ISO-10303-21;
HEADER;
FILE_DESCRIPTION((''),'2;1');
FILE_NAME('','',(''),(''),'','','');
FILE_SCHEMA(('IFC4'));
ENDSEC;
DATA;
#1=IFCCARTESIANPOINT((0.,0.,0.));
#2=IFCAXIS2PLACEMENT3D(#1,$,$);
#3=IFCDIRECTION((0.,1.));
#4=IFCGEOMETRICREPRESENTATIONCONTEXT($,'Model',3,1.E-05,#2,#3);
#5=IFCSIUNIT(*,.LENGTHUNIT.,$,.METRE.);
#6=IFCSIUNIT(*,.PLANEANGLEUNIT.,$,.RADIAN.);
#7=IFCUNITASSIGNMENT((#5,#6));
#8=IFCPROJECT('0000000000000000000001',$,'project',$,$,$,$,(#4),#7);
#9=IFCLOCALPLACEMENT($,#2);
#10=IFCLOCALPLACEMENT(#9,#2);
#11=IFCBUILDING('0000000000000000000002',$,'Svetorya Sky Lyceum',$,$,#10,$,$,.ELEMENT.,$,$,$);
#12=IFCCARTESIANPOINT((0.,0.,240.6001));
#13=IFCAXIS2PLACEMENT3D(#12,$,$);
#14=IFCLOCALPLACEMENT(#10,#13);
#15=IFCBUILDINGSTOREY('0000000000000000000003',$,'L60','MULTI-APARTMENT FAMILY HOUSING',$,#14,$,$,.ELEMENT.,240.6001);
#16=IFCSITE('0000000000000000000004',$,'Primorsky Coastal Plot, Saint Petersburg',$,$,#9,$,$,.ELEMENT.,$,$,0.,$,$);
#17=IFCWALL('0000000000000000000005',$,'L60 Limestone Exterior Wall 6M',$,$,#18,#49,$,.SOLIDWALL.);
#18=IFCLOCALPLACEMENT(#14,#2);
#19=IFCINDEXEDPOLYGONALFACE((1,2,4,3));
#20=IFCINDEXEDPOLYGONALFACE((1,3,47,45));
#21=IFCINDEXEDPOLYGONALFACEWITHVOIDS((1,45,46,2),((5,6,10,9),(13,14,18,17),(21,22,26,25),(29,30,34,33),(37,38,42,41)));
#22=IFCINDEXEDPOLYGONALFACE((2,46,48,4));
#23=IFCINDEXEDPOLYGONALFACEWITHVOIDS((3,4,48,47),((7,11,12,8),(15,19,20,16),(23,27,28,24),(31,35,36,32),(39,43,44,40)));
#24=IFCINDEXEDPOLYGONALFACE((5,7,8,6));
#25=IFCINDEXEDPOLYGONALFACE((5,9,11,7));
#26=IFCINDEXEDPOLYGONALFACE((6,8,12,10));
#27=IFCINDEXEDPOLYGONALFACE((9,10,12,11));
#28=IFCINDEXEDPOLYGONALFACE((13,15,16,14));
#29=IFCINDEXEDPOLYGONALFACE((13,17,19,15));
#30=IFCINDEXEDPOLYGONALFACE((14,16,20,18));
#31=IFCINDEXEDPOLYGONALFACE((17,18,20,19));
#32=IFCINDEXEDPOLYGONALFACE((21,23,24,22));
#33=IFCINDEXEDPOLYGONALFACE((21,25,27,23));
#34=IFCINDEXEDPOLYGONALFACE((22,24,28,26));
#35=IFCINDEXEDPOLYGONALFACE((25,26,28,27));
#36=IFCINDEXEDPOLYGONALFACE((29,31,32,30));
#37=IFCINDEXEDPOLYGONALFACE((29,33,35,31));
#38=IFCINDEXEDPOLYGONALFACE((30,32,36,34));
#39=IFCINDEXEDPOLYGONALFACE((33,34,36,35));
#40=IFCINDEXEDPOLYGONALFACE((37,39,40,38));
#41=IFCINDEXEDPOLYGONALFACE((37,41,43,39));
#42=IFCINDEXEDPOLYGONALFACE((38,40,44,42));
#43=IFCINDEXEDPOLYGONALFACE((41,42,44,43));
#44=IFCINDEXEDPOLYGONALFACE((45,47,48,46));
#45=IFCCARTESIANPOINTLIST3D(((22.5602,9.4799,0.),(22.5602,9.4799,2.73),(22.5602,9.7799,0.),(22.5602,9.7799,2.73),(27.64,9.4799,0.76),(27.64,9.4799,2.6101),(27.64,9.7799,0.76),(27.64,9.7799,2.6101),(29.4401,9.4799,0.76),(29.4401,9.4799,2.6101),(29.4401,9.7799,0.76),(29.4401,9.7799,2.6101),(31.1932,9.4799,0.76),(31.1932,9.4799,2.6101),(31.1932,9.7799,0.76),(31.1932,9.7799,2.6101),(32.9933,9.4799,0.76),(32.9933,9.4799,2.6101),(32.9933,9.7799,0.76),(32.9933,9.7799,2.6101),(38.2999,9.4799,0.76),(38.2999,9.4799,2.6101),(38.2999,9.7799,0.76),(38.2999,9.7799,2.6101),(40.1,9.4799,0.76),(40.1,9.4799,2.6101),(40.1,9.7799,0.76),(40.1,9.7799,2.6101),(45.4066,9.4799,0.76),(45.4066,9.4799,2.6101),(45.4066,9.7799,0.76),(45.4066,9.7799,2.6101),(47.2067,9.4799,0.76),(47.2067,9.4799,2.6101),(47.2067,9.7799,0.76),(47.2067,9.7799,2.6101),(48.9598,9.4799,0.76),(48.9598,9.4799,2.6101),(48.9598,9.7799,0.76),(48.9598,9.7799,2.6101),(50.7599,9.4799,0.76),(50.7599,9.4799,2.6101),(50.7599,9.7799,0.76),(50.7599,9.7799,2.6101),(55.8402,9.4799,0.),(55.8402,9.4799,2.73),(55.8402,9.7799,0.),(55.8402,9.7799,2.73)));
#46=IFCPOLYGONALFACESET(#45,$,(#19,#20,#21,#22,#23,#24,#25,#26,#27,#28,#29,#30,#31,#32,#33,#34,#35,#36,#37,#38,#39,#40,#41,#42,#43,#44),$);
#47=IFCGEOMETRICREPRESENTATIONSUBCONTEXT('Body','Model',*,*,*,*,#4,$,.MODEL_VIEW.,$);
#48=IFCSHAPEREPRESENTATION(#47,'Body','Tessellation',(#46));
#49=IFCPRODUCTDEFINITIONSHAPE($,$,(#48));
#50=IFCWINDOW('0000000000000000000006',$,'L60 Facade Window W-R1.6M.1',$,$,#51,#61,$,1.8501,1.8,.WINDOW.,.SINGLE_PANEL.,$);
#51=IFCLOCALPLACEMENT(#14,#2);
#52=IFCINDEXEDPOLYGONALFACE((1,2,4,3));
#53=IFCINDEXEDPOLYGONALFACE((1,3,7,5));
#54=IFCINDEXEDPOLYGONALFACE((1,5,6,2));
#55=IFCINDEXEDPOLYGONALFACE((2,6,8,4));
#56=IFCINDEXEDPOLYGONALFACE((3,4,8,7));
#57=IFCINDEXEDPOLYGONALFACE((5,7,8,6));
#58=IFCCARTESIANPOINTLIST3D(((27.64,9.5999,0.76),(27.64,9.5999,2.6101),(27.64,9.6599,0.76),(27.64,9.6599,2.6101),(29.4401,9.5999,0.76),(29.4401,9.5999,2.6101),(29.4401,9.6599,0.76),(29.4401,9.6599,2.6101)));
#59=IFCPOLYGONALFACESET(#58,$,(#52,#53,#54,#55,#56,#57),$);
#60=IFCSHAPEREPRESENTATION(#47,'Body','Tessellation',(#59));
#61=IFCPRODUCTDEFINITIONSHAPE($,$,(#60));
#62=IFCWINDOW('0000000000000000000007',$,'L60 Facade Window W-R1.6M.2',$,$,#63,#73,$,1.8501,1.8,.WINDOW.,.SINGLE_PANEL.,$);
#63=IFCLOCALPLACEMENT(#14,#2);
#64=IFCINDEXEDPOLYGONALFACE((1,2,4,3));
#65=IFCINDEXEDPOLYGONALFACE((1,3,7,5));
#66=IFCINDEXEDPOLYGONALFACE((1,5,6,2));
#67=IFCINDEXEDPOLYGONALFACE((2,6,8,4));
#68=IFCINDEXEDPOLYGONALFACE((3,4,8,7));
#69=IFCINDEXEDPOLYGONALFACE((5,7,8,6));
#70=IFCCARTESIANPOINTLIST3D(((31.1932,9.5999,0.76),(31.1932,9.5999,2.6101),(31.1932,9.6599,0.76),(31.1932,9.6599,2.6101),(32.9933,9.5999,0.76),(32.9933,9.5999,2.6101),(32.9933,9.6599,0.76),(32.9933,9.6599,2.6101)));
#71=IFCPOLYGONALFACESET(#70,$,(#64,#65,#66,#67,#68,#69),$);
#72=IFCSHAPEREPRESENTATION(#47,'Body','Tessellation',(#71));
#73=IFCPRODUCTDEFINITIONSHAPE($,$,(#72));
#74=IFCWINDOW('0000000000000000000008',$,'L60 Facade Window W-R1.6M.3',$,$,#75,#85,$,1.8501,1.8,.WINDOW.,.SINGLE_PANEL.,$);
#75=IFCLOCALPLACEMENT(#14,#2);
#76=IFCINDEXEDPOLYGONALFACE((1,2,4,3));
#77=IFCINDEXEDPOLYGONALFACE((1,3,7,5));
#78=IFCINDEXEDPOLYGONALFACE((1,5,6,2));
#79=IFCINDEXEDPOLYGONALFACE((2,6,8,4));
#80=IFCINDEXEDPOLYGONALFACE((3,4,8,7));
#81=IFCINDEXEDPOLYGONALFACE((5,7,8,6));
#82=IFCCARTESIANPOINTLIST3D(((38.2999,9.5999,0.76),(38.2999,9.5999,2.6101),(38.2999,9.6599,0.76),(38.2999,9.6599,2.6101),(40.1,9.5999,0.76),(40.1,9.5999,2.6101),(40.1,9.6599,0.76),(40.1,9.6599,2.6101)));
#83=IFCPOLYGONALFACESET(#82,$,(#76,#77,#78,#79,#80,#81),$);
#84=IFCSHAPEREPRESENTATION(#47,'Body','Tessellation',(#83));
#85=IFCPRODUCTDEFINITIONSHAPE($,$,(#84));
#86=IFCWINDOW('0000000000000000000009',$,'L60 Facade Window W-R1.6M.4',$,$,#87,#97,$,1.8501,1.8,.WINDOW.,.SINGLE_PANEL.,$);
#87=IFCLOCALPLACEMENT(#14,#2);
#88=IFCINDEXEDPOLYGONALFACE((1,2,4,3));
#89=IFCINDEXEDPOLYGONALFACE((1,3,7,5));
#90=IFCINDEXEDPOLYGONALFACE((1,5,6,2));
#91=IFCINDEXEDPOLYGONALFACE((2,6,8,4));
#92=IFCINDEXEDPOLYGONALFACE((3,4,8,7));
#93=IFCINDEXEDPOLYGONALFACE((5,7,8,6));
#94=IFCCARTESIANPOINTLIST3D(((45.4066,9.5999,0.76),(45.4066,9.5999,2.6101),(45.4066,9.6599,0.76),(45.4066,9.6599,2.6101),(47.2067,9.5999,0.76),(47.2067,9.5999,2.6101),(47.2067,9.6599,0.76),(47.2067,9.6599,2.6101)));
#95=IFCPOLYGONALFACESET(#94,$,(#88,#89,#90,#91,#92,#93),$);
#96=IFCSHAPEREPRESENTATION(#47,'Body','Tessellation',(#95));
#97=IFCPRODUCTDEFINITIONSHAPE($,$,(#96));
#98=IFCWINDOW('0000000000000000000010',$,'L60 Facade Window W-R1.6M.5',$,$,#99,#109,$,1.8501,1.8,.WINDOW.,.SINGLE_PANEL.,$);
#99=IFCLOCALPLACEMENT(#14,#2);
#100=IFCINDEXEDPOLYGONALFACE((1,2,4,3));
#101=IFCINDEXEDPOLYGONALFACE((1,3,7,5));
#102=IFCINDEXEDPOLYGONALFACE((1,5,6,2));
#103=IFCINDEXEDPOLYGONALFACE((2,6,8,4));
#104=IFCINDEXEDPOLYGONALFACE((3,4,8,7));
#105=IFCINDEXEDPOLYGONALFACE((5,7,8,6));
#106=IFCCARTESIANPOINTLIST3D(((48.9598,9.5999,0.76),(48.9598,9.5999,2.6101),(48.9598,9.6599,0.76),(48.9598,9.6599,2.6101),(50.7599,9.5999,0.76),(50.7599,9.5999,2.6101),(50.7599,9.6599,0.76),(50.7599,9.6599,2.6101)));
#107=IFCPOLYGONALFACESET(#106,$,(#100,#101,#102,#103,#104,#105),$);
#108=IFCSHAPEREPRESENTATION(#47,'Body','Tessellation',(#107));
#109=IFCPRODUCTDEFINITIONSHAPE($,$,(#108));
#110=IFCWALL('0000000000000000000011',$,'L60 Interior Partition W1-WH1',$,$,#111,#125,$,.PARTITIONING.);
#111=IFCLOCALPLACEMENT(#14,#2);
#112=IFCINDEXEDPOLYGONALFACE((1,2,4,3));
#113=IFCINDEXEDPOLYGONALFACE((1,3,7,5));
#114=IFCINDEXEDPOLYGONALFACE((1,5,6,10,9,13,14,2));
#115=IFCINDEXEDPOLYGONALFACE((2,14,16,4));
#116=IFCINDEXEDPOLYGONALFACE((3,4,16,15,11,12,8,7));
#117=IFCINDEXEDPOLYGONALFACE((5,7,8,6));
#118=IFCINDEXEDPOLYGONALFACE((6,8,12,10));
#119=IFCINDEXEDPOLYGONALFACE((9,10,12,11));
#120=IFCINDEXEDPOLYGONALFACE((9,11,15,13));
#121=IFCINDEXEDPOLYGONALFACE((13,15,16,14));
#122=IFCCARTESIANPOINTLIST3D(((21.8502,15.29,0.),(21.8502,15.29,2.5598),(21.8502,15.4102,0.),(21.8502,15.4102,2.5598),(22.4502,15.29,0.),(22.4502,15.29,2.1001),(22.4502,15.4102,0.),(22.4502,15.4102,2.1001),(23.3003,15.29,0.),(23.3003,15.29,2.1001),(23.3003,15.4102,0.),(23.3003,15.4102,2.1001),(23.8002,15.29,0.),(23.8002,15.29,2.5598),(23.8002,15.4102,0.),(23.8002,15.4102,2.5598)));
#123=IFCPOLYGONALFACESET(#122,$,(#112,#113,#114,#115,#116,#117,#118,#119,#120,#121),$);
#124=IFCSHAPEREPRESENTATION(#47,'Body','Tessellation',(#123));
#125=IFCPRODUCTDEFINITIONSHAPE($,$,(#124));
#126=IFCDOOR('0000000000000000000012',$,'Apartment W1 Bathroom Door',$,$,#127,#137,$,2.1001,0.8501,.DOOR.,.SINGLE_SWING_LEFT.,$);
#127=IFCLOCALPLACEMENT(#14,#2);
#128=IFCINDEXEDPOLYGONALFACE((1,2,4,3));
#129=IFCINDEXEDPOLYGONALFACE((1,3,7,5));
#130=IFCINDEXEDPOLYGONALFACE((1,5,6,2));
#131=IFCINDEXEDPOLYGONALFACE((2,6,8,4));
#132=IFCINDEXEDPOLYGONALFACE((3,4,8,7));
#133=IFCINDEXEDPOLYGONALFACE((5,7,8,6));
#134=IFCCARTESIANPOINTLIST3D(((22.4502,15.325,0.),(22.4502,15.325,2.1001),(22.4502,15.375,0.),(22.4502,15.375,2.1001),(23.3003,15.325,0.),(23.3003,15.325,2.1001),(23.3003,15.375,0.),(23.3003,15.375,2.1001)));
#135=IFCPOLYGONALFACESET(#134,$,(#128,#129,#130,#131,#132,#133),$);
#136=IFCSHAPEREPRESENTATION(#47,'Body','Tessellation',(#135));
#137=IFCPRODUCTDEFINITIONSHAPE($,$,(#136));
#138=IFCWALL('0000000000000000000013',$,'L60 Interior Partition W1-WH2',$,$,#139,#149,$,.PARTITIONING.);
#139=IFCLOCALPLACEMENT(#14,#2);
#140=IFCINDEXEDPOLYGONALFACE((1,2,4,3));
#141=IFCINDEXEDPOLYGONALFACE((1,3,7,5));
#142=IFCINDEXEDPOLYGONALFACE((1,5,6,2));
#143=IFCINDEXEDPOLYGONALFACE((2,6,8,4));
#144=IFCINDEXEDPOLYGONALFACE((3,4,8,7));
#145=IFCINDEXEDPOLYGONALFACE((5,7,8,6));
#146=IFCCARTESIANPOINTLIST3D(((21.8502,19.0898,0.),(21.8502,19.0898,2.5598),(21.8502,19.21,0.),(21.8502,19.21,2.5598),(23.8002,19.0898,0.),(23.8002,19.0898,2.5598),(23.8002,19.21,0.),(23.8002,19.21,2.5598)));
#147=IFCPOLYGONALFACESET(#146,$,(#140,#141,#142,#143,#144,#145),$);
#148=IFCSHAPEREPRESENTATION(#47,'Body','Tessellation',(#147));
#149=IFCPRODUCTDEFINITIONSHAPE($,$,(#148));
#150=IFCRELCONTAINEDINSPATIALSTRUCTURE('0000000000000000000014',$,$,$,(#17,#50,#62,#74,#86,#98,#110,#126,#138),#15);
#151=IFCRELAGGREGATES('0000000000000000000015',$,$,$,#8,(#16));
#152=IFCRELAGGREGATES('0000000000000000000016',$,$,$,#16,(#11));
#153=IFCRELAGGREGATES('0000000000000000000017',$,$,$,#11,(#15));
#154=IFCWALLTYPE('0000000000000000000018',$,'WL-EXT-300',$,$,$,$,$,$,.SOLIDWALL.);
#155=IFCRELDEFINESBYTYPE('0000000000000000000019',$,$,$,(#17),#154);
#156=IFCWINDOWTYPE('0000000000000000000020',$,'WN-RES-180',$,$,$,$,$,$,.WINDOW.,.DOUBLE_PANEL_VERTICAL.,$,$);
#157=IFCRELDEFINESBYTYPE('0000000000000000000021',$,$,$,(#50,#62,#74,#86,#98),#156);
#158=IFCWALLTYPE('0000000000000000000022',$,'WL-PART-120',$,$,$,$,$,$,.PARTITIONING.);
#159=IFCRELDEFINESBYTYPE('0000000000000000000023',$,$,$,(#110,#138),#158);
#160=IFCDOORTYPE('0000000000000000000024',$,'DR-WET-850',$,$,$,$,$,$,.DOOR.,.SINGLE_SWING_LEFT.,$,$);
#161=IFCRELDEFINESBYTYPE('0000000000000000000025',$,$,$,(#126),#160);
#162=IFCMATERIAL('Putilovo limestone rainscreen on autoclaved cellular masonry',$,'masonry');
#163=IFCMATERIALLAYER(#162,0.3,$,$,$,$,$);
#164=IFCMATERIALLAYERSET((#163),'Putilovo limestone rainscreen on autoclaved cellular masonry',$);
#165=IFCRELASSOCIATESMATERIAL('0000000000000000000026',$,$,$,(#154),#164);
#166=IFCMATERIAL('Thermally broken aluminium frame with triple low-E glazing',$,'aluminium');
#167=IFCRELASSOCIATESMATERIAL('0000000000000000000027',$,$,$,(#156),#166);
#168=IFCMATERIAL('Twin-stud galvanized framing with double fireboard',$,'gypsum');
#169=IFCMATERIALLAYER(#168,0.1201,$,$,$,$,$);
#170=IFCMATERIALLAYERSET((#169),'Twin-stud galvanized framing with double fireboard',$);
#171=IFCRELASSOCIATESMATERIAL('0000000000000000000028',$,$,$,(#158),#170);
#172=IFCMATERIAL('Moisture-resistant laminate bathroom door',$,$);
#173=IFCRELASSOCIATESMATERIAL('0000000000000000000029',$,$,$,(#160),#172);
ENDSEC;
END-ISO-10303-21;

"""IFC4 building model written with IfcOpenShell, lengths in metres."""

from ifc_helpers import new_model, si_unit, direction, frame, frame_2d, origin, place, context, subcontext, project, spatial, rectangle, extrude, material, layer, layer_set, type_object, element, fill, save


model = new_model("IFC4")

# Units and contexts
model_context = context("Model", 3, precision=1e-05, world=origin(), true_north=direction((0.0, 1.0)))
body_context = subcontext(model_context, "Body", "Model", "MODEL_VIEW")
ifc_project = project(units=[si_unit("LENGTHUNIT", "METRE"), si_unit("PLANEANGLEUNIT", "RADIAN")], contexts=[model_context])

# Site, building, storey
site_placement = place(None, origin())
site = spatial("IfcSite", under=ifc_project, at=site_placement, Name="Primorsky Coastal Plot, Saint Petersburg", CompositionType="ELEMENT", RefElevation=0.0)
building_placement = place(site_placement, origin())
building = spatial("IfcBuilding", under=site, at=building_placement, Name="Svetorya Sky Lyceum", CompositionType="ELEMENT")
storey_placement = place(building_placement, frame((0.0, 0.0, 240.6001)))
storey = spatial("IfcBuildingStorey", under=building, at=storey_placement, Name="L60", Description="MULTI-APARTMENT FAMILY HOUSING", CompositionType="ELEMENT", Elevation=240.6001)

# Shared definitions
ifc_material_1 = material(Name="Putilovo limestone rainscreen on autoclaved cellular masonry", Category="masonry")
ifc_layer_1 = layer(ifc_material_1, 0.3)
ifc_layer_set_1 = layer_set([ifc_layer_1], Name="Putilovo limestone rainscreen on autoclaved cellular masonry")
wall_type_1 = type_object("IfcWallType", Name="WL-EXT-300", PredefinedType="SOLIDWALL", material=ifc_layer_set_1)

# Wall, openings, windows
wall_1_placement = place(storey_placement, frame((22.5601, 9.6299, 0.0), z_axis=(0.0, 0.0, 1.0), x_axis=(1.0, 0.0, 0.0)))
wall_1 = element("IfcWall", 1, at=wall_1_placement, inside=storey, type_object=wall_type_1, Name="L60 Limestone Exterior Wall 6M", PredefinedType="SOLIDWALL", context=body_context, shape_type="SweptSolid", body=[
    extrude(rectangle(XDim=33.28, YDim=0.3, at=frame_2d((16.6401, 0.0))), origin(), (0.0, 0.0, 1.0), 2.73),
])
opening_1_placement = place(wall_1_placement, frame((5.0801, 0.0, 0.76)))
opening_1 = element("IfcOpeningElement", 2, at=opening_1_placement, cuts=wall_1, PredefinedType="OPENING", context=body_context, shape_type="SweptSolid", body=[
    extrude(rectangle(XDim=1.8, YDim=1.8501, at=frame_2d((0.8999, 0.925))), frame((0.0, 0.1599, 0.0), z_axis=(0.0, -1.0, 0.0), x_axis=(1.0, 0.0, 0.0)), (0.0, 0.0, 1.0), 0.3201),
])
opening_2_placement = place(wall_1_placement, frame((8.6333, 0.0, 0.76)))
opening_2 = element("IfcOpeningElement", 3, at=opening_2_placement, cuts=wall_1, PredefinedType="OPENING", context=body_context, shape_type="SweptSolid", body=[
    extrude(rectangle(XDim=1.8, YDim=1.8501, at=frame_2d((0.8999, 0.925))), frame((0.0, 0.1599, 0.0), z_axis=(0.0, -1.0, 0.0), x_axis=(1.0, 0.0, 0.0)), (0.0, 0.0, 1.0), 0.3201),
])
opening_3_placement = place(wall_1_placement, frame((15.74, 0.0, 0.76)))
opening_3 = element("IfcOpeningElement", 4, at=opening_3_placement, cuts=wall_1, PredefinedType="OPENING", context=body_context, shape_type="SweptSolid", body=[
    extrude(rectangle(XDim=1.8, YDim=1.8501, at=frame_2d((0.8999, 0.925))), frame((0.0, 0.1599, 0.0), z_axis=(0.0, -1.0, 0.0), x_axis=(1.0, 0.0, 0.0)), (0.0, 0.0, 1.0), 0.3201),
])
opening_4_placement = place(wall_1_placement, frame((22.8467, 0.0, 0.76)))
opening_4 = element("IfcOpeningElement", 5, at=opening_4_placement, cuts=wall_1, PredefinedType="OPENING", context=body_context, shape_type="SweptSolid", body=[
    extrude(rectangle(XDim=1.8, YDim=1.8501, at=frame_2d((0.8999, 0.925))), frame((0.0, 0.1599, 0.0), z_axis=(0.0, -1.0, 0.0), x_axis=(1.0, 0.0, 0.0)), (0.0, 0.0, 1.0), 0.3201),
])
opening_5_placement = place(wall_1_placement, frame((26.3999, 0.0, 0.76)))
opening_5 = element("IfcOpeningElement", 6, at=opening_5_placement, cuts=wall_1, PredefinedType="OPENING", context=body_context, shape_type="SweptSolid", body=[
    extrude(rectangle(XDim=1.8, YDim=1.8501, at=frame_2d((0.8999, 0.925))), frame((0.0, 0.1599, 0.0), z_axis=(0.0, -1.0, 0.0), x_axis=(1.0, 0.0, 0.0)), (0.0, 0.0, 1.0), 0.3201),
])
ifc_material_2 = material(Name="Thermally broken aluminium frame with triple low-E glazing", Category="aluminium")
window_type = type_object("IfcWindowType", Name="WN-RES-180", PartitioningType="DOUBLE_PANEL_VERTICAL", PredefinedType="WINDOW", material=ifc_material_2)
window_1_placement = place(opening_1_placement, origin())
window_1 = element("IfcWindow", 7, at=window_1_placement, inside=storey, type_object=window_type, Name="L60 Facade Window W-R1.6M.1", OverallHeight=1.8501, OverallWidth=1.8, PartitioningType="SINGLE_PANEL", PredefinedType="WINDOW", context=body_context, shape_type="SweptSolid", body=[
    extrude(rectangle(XDim=1.8, YDim=1.8501, at=frame_2d((0.8999, 0.925))), frame((0.0, 0.03, 0.0), z_axis=(0.0, -1.0, 0.0), x_axis=(1.0, 0.0, 0.0)), (0.0, 0.0, 1.0), 0.0601),
])
fill(opening_1, window_1)
window_2_placement = place(opening_2_placement, origin())
window_2 = element("IfcWindow", 8, at=window_2_placement, inside=storey, type_object=window_type, Name="L60 Facade Window W-R1.6M.2", OverallHeight=1.8501, OverallWidth=1.8, PartitioningType="SINGLE_PANEL", PredefinedType="WINDOW", context=body_context, shape_type="SweptSolid", body=[
    extrude(rectangle(XDim=1.8, YDim=1.8501, at=frame_2d((0.8999, 0.925))), frame((0.0, 0.03, 0.0), z_axis=(0.0, -1.0, 0.0), x_axis=(1.0, 0.0, 0.0)), (0.0, 0.0, 1.0), 0.0601),
])
fill(opening_2, window_2)
window_3_placement = place(opening_3_placement, origin())
window_3 = element("IfcWindow", 9, at=window_3_placement, inside=storey, type_object=window_type, Name="L60 Facade Window W-R1.6M.3", OverallHeight=1.8501, OverallWidth=1.8, PartitioningType="SINGLE_PANEL", PredefinedType="WINDOW", context=body_context, shape_type="SweptSolid", body=[
    extrude(rectangle(XDim=1.8, YDim=1.8501, at=frame_2d((0.8999, 0.925))), frame((0.0, 0.03, 0.0), z_axis=(0.0, -1.0, 0.0), x_axis=(1.0, 0.0, 0.0)), (0.0, 0.0, 1.0), 0.0601),
])
fill(opening_3, window_3)
window_4_placement = place(opening_4_placement, origin())
window_4 = element("IfcWindow", 10, at=window_4_placement, inside=storey, type_object=window_type, Name="L60 Facade Window W-R1.6M.4", OverallHeight=1.8501, OverallWidth=1.8, PartitioningType="SINGLE_PANEL", PredefinedType="WINDOW", context=body_context, shape_type="SweptSolid", body=[
    extrude(rectangle(XDim=1.8, YDim=1.8501, at=frame_2d((0.8999, 0.925))), frame((0.0, 0.03, 0.0), z_axis=(0.0, -1.0, 0.0), x_axis=(1.0, 0.0, 0.0)), (0.0, 0.0, 1.0), 0.0601),
])
fill(opening_4, window_4)
window_5_placement = place(opening_5_placement, origin())
window_5 = element("IfcWindow", 11, at=window_5_placement, inside=storey, type_object=window_type, Name="L60 Facade Window W-R1.6M.5", OverallHeight=1.8501, OverallWidth=1.8, PartitioningType="SINGLE_PANEL", PredefinedType="WINDOW", context=body_context, shape_type="SweptSolid", body=[
    extrude(rectangle(XDim=1.8, YDim=1.8501, at=frame_2d((0.8999, 0.925))), frame((0.0, 0.03, 0.0), z_axis=(0.0, -1.0, 0.0), x_axis=(1.0, 0.0, 0.0)), (0.0, 0.0, 1.0), 0.0601),
])
fill(opening_5, window_5)

# Wall, opening, door
ifc_material_3 = material(Name="Twin-stud galvanized framing with double fireboard", Category="gypsum")
ifc_layer_2 = layer(ifc_material_3, 0.1201)
ifc_layer_set_2 = layer_set([ifc_layer_2], Name="Twin-stud galvanized framing with double fireboard")
wall_type_2 = type_object("IfcWallType", Name="WL-PART-120", PredefinedType="PARTITIONING", material=ifc_layer_set_2)
wall_2_placement = place(storey_placement, frame((21.8501, 15.3501, 0.0), z_axis=(0.0, 0.0, 1.0), x_axis=(1.0, 0.0, 0.0)))
wall_2 = element("IfcWall", 12, at=wall_2_placement, inside=storey, type_object=wall_type_2, Name="L60 Interior Partition W1-WH1", PredefinedType="PARTITIONING", context=body_context, shape_type="SweptSolid", body=[
    extrude(rectangle(XDim=1.95, YDim=0.1201, at=frame_2d((0.9751, 0.0))), origin(), (0.0, 0.0, 1.0), 2.5598),
])
opening_6_placement = place(wall_2_placement, frame((0.6001, 0.0, 0.0)))
opening_6 = element("IfcOpeningElement", 13, at=opening_6_placement, cuts=wall_2, PredefinedType="OPENING", context=body_context, shape_type="SweptSolid", body=[
    extrude(rectangle(XDim=0.8501, YDim=2.1001, at=frame_2d((0.425, 1.05))), frame((0.0, 0.0701, 0.0), z_axis=(0.0, -1.0, 0.0), x_axis=(1.0, 0.0, 0.0)), (0.0, 0.0, 1.0), 0.1401),
])
ifc_material_4 = material(Name="Moisture-resistant laminate bathroom door")
door_type_1 = type_object("IfcDoorType", Name="DR-WET-850", OperationType="SINGLE_SWING_LEFT", PredefinedType="DOOR", material=ifc_material_4)
door_1_placement = place(opening_6_placement, origin())
door_1 = element("IfcDoor", 14, at=door_1_placement, inside=storey, type_object=door_type_1, Name="Apartment W1 Bathroom Door", OperationType="SINGLE_SWING_LEFT", OverallHeight=2.1001, OverallWidth=0.8501, PredefinedType="DOOR", context=body_context, shape_type="SweptSolid", body=[
    extrude(rectangle(XDim=0.8501, YDim=2.1001, at=frame_2d((0.425, 1.05))), frame((0.0, 0.0249, 0.0), z_axis=(0.0, -1.0, 0.0), x_axis=(1.0, 0.0, 0.0)), (0.0, 0.0, 1.0), 0.05),
])
fill(opening_6, door_1)

# Wall
wall_3_placement = place(storey_placement, frame((21.8501, 19.1499, 0.0), z_axis=(0.0, 0.0, 1.0), x_axis=(1.0, 0.0, 0.0)))
element("IfcWall", 15, at=wall_3_placement, inside=storey, type_object=wall_type_2, Name="L60 Interior Partition W1-WH2", PredefinedType="PARTITIONING", context=body_context, shape_type="SweptSolid", body=[
    extrude(rectangle(XDim=1.95, YDim=0.1201, at=frame_2d((0.9751, 0.0))), origin(), (0.0, 0.0, 1.0), 2.5598),
])

save(model, "model.ifc")
